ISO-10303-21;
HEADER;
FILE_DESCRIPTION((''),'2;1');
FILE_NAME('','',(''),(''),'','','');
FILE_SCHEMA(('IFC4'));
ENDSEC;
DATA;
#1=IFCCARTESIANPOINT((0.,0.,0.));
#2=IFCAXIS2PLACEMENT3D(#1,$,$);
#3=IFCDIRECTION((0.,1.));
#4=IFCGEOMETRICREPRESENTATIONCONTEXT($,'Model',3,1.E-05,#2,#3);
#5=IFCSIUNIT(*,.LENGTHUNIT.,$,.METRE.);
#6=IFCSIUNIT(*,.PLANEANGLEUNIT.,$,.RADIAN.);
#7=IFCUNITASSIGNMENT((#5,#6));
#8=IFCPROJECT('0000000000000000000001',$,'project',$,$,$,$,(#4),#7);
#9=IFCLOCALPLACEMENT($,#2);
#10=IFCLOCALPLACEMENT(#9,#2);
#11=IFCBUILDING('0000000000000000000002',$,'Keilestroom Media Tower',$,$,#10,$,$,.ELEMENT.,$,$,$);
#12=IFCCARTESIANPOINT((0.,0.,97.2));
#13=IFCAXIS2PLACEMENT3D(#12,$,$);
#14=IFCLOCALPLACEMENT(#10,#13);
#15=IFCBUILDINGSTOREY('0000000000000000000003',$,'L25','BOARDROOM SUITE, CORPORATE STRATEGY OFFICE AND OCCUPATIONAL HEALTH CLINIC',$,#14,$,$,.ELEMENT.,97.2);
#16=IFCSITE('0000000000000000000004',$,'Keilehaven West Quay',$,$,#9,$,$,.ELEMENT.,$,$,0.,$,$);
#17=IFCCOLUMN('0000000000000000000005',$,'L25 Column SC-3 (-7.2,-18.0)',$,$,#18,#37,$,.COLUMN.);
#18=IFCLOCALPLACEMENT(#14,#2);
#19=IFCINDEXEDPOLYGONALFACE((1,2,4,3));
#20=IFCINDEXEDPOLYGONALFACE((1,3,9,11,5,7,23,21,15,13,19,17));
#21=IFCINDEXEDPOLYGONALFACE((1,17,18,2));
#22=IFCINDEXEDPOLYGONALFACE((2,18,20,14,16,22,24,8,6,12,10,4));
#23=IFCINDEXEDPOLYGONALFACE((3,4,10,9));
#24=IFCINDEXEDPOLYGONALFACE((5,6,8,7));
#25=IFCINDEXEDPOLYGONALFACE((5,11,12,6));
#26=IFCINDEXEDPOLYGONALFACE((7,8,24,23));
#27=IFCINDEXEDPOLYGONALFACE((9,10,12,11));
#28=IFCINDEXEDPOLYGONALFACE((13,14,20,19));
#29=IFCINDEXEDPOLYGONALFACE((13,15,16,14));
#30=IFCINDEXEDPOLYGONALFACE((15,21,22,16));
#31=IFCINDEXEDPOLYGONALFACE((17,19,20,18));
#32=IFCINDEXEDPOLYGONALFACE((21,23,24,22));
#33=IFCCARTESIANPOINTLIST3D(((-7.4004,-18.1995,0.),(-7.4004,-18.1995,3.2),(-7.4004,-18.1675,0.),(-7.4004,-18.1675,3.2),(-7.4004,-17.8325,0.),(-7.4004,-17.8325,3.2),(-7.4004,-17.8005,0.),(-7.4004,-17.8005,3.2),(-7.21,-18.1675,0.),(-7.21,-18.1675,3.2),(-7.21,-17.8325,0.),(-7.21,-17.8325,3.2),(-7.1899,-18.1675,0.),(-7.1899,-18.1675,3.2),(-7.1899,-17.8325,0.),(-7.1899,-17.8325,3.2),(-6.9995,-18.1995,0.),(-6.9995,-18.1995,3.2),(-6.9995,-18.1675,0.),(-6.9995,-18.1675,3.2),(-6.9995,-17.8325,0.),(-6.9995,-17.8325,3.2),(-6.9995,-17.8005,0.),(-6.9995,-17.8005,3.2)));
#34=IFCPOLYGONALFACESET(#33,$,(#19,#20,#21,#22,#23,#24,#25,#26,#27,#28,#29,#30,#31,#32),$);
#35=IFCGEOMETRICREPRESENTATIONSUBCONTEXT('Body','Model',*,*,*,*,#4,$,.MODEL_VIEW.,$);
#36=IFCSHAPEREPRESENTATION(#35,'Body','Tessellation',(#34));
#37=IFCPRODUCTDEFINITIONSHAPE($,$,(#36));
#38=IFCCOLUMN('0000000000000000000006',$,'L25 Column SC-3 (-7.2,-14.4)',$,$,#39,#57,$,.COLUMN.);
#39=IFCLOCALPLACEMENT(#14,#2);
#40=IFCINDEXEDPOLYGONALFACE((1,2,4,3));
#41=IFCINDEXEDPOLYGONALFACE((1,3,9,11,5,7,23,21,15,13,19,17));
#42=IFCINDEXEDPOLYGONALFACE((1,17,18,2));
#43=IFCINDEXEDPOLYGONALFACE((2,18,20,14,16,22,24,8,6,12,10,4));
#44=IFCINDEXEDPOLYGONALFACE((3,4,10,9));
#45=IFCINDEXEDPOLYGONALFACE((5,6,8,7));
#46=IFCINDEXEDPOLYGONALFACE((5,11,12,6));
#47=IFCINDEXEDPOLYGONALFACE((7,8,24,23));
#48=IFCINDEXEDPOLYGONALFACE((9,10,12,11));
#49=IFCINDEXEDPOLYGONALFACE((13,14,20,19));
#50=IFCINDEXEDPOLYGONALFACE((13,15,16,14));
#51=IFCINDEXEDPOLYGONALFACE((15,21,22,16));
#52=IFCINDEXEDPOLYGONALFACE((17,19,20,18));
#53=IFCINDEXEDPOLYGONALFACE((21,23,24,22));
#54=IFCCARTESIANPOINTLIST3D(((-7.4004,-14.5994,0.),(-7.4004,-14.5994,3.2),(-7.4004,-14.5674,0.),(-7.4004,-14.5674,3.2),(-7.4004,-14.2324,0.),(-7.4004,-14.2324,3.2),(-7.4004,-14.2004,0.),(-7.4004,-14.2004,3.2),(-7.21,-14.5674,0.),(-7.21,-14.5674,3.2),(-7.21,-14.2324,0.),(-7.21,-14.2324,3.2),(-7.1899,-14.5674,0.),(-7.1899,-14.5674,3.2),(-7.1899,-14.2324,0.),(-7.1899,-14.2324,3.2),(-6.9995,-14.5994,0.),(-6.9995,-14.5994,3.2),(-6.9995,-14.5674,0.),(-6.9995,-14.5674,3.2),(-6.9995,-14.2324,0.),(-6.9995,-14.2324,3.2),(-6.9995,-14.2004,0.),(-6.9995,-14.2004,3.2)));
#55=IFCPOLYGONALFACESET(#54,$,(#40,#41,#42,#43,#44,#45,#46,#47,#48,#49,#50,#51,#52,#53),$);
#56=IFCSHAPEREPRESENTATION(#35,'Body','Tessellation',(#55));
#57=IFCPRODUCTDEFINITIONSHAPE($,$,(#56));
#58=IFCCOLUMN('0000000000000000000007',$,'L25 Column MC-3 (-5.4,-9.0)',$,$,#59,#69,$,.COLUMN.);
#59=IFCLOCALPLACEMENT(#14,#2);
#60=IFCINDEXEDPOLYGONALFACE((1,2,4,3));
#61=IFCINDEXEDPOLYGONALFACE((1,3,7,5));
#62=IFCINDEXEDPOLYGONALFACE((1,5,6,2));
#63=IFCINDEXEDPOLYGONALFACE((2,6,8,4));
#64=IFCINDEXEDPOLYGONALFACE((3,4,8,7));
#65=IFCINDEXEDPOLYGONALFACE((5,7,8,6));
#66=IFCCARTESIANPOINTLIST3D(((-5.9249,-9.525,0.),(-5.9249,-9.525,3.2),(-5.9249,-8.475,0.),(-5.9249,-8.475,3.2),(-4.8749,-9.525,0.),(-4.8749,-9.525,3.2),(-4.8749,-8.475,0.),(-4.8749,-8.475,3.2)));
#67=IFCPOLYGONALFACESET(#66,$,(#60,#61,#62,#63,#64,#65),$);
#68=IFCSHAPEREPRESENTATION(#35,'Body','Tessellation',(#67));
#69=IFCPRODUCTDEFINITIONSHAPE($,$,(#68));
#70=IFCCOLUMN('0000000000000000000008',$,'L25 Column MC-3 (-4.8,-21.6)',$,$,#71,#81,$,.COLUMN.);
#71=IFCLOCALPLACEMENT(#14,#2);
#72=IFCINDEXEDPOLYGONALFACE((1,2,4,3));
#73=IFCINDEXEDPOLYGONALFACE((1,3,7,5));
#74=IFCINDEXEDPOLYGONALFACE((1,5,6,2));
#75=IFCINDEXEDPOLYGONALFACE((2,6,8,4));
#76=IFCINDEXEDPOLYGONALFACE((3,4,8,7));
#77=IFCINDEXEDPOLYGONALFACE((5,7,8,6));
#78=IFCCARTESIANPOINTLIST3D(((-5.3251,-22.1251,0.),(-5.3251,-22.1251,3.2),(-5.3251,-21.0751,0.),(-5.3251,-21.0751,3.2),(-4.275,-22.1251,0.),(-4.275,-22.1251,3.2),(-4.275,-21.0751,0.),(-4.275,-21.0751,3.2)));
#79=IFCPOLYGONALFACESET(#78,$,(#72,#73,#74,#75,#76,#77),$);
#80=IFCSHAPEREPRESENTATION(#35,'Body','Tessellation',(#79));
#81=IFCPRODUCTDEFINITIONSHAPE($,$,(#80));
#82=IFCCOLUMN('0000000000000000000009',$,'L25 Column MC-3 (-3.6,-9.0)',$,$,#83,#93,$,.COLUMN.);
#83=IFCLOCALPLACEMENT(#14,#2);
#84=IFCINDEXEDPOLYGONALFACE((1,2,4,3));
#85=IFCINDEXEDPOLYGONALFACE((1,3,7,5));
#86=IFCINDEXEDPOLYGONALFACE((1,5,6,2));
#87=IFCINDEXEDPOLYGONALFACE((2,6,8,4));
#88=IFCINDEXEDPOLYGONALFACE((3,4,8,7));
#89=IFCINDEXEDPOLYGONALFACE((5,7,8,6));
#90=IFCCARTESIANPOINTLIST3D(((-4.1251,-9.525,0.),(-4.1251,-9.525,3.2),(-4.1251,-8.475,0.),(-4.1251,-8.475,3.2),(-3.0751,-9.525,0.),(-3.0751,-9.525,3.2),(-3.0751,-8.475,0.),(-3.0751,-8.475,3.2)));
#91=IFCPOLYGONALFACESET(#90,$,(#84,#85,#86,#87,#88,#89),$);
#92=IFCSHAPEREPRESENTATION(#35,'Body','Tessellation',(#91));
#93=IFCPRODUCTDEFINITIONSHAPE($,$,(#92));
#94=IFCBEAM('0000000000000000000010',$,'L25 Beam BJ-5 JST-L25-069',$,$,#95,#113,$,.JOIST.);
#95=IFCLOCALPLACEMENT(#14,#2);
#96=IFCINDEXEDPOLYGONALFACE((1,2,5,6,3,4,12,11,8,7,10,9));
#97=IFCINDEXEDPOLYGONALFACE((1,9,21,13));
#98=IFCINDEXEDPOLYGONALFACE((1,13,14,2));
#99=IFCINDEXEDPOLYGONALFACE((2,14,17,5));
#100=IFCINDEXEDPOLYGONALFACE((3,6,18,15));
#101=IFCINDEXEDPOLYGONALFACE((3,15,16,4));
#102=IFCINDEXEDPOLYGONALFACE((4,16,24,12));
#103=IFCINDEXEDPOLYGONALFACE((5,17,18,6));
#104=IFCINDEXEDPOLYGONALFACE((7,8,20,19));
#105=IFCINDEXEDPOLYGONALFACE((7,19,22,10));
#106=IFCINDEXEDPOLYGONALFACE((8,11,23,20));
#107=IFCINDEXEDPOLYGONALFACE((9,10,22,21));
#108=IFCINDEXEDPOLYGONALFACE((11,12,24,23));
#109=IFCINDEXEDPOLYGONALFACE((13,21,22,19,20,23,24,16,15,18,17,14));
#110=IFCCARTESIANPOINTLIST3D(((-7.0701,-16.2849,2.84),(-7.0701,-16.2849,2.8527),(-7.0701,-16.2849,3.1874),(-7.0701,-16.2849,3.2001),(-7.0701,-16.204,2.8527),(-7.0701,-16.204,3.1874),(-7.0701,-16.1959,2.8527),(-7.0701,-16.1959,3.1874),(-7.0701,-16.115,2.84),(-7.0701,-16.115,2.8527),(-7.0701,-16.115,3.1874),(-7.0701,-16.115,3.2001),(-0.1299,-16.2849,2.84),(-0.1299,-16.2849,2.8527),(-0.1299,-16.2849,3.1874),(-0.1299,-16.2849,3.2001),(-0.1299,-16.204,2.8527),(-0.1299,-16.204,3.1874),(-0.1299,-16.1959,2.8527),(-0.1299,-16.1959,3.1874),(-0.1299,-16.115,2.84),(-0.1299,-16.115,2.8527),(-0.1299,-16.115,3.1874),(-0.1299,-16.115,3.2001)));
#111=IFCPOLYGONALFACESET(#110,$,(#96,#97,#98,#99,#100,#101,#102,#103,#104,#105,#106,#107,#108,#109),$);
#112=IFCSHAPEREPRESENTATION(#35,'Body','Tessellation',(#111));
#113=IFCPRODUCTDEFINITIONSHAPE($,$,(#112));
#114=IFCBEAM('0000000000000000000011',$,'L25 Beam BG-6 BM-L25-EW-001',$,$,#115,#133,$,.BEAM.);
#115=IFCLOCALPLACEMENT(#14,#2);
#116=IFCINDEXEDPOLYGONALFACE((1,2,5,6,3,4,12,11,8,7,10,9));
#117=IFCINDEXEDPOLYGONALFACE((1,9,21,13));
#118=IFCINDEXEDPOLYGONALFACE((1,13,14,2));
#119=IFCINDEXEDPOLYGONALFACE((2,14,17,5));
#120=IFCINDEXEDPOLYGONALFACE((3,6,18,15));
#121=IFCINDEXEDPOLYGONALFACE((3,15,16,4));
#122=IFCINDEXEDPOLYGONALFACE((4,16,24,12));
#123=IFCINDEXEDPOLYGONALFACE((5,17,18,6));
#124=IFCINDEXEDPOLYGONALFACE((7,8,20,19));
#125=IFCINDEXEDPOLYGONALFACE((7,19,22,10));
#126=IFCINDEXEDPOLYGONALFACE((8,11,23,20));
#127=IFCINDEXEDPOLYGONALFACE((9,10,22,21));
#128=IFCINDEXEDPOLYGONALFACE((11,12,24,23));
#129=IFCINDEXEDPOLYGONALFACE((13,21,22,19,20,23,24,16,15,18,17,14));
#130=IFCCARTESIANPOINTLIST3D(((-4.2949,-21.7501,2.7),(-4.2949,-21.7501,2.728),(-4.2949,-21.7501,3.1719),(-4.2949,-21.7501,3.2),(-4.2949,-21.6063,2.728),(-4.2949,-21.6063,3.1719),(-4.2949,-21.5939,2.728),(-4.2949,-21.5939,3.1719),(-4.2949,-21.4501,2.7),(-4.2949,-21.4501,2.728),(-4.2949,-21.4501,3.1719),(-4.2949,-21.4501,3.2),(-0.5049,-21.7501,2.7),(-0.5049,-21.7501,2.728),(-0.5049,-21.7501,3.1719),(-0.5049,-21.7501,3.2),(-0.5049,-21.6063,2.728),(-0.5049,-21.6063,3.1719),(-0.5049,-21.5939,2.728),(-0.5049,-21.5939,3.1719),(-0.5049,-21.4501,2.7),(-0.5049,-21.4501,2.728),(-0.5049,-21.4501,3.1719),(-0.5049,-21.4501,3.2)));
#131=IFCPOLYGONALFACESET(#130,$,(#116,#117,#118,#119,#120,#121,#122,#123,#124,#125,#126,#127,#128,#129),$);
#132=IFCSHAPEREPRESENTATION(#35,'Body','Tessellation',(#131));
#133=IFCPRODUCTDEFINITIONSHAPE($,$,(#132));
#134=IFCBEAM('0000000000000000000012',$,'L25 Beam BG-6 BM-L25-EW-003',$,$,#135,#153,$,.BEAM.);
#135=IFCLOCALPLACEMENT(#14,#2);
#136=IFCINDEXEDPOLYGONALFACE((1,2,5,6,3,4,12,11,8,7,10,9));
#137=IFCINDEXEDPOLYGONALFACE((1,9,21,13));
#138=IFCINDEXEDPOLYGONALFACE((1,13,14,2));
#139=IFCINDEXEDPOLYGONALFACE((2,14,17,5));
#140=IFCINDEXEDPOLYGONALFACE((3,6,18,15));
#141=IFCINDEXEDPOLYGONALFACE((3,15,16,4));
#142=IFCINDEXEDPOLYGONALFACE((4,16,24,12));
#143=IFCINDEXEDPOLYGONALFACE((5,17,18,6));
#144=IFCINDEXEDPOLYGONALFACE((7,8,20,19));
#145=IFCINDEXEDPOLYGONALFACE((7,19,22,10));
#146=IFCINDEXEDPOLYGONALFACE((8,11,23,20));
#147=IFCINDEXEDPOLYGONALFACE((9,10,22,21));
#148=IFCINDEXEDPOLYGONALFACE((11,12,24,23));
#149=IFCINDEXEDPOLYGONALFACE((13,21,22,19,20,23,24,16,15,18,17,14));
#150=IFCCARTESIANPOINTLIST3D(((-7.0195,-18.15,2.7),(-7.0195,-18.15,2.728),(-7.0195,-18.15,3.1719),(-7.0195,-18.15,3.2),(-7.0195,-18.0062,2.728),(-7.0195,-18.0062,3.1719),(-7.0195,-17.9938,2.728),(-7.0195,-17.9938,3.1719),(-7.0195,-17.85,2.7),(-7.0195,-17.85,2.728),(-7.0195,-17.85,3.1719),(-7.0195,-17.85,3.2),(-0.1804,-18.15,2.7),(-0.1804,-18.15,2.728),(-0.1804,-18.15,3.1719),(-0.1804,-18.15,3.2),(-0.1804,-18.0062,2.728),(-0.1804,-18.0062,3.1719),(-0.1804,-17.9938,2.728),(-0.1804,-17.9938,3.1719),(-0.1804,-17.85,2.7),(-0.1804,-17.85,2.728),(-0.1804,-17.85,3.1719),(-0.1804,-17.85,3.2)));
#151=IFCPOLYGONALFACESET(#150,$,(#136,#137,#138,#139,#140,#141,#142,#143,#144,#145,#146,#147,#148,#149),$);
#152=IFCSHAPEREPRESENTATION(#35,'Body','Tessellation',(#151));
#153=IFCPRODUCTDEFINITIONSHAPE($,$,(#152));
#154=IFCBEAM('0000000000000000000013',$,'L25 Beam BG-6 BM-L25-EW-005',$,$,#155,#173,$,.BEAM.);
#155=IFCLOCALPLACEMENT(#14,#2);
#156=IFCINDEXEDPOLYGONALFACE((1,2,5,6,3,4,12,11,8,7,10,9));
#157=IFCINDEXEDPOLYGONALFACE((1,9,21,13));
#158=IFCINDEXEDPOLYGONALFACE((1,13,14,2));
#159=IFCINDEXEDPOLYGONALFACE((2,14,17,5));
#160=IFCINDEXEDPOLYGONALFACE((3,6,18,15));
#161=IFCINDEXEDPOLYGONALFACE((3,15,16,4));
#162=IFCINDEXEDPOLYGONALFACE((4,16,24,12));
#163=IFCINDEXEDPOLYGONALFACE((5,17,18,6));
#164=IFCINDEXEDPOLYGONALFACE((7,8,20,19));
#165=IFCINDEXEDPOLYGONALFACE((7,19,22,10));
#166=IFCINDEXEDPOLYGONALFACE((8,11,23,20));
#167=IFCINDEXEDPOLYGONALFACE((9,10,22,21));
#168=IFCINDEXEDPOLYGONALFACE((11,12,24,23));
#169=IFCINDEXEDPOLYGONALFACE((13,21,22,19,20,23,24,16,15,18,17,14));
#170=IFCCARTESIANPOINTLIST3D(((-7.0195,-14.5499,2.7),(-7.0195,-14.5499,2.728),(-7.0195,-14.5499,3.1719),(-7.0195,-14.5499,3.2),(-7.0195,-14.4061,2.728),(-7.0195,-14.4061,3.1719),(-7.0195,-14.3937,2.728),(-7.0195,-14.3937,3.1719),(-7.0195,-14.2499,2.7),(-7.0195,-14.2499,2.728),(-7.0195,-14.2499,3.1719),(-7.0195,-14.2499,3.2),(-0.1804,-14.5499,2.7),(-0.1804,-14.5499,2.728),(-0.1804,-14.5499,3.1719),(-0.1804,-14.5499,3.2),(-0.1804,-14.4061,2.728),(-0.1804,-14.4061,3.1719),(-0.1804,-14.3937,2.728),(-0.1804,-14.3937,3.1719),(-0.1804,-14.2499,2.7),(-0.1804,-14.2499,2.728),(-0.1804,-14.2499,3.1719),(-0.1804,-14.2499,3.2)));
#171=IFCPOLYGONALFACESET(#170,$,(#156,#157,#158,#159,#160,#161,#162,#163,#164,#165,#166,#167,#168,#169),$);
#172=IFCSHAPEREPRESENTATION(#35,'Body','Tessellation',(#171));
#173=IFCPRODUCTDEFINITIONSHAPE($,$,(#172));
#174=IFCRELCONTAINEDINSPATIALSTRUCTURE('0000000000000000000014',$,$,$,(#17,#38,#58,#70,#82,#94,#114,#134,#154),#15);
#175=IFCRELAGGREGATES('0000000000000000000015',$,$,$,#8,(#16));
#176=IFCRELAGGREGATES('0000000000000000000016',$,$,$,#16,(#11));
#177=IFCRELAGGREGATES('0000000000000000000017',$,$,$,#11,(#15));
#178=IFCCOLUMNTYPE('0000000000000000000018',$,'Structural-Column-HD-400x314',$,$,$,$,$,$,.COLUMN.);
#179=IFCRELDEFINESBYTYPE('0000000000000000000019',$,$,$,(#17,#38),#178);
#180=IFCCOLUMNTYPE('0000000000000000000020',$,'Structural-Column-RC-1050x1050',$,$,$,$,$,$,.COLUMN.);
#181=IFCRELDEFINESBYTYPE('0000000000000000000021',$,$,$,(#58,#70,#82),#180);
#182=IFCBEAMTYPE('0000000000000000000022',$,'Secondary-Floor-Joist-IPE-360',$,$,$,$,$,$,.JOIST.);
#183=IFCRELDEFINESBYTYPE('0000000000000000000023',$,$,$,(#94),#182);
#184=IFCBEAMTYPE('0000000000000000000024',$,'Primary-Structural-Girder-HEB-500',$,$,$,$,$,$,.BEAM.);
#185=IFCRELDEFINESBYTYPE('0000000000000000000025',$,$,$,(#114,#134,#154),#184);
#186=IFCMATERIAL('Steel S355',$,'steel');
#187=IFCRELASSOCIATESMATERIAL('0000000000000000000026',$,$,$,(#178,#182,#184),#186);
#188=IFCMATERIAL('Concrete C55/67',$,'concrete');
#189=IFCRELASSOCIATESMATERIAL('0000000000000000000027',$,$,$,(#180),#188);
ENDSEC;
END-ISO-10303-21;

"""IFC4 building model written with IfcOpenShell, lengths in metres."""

from ifc_helpers import new_model, si_unit, direction, frame, origin, origin_2d, place, context, subcontext, project, spatial, rectangle, i_section, extrude, source, transform, mapped, material, material_profile, profile_set, type_object, element, save


model = new_model("IFC4")

# Units and contexts
model_context = context("Model", 3, precision=1e-05, world=origin(), true_north=direction((0.0, 1.0)))
body_context = subcontext(model_context, "Body", "Model", "MODEL_VIEW")
ifc_project = project(units=[si_unit("LENGTHUNIT", "METRE"), si_unit("PLANEANGLEUNIT", "RADIAN")], contexts=[model_context])

# Site, building, storey
site_placement = place(None, origin())
site = spatial("IfcSite", under=ifc_project, at=site_placement, Name="Keilehaven West Quay", CompositionType="ELEMENT", RefElevation=0.0)
building_placement = place(site_placement, origin())
building = spatial("IfcBuilding", under=site, at=building_placement, Name="Keilestroom Media Tower", CompositionType="ELEMENT")
storey_placement = place(building_placement, frame((0.0, 0.0, 97.2)))
storey = spatial("IfcBuildingStorey", under=building, at=storey_placement, Name="L25", Description="BOARDROOM SUITE, CORPORATE STRATEGY OFFICE AND OCCUPATIONAL HEALTH CLINIC", CompositionType="ELEMENT", Elevation=97.2)

# Columns
ifc_material_1 = material(Name="Steel S355", Category="steel")
ifc_material_profile_1 = material_profile(ifc_material_1, i_section(OverallWidth=0.4009, OverallDepth=0.3989, WebThickness=0.02, FlangeThickness=0.032, at=origin_2d()), Name="HD 400x314")
ifc_profile_set_1 = profile_set([ifc_material_profile_1], Name="Steel S355")
column_type_1 = type_object("IfcColumnType", Name="Structural-Column-HD-400x314", PredefinedType="COLUMN", material=ifc_profile_set_1)
shared_shape_1 = source(origin(), body_context, "Body", "SweptSolid", [
    extrude(i_section(OverallWidth=0.4009, OverallDepth=0.3989, WebThickness=0.02, FlangeThickness=0.032, at=origin_2d()), origin(), (0.0, 0.0, 1.0), 3.2),
])
for number, where, z_axis, x_axis, name in (
    (1, (-7.2, -18.0, 0.0), (0.0, 0.0, 1.0), (1.0, 0.0, 0.0), "L25 Column SC-3 (-7.2,-18.0)"),
    (2, (-7.2, -14.3999, 0.0), (0.0, 0.0, 1.0), (1.0, 0.0, 0.0), "L25 Column SC-3 (-7.2,-14.4)"),
):
    element("IfcColumn", number, at=place(storey_placement, frame(where, z_axis=z_axis, x_axis=x_axis)), inside=storey, type_object=column_type_1, Name=name, PredefinedType="COLUMN", context=body_context, shape_type="MappedRepresentation", body=[
        mapped(shared_shape_1, transform((0.0, 0.0, 0.0), x_axis=(1.0, 0.0, 0.0), y_axis=(0.0, 1.0, 0.0), z_axis=(0.0, 0.0, 1.0), scale=1.0)),
    ])
ifc_material_2 = material(Name="Concrete C55/67", Category="concrete")
ifc_material_profile_2 = material_profile(ifc_material_2, rectangle(XDim=1.05, YDim=1.05, at=origin_2d()), Name="RC 1050x1050")
ifc_profile_set_2 = profile_set([ifc_material_profile_2], Name="Concrete C55/67")
column_type_2 = type_object("IfcColumnType", Name="Structural-Column-RC-1050x1050", PredefinedType="COLUMN", material=ifc_profile_set_2)
shared_shape_2 = source(origin(), body_context, "Body", "SweptSolid", [
    extrude(rectangle(XDim=1.05, YDim=1.05, at=origin_2d()), origin(), (0.0, 0.0, 1.0), 3.2),
])
for number, where, z_axis, x_axis, name in (
    (3, (-5.3999, -9.0, 0.0), (0.0, 0.0, 1.0), (1.0, 0.0, 0.0), "L25 Column MC-3 (-5.4,-9.0)"),
    (4, (-4.8, -21.6001, 0.0), (0.0, 0.0, 1.0), (1.0, 0.0, 0.0), "L25 Column MC-3 (-4.8,-21.6)"),
    (5, (-3.6001, -9.0, 0.0), (0.0, 0.0, 1.0), (1.0, 0.0, 0.0), "L25 Column MC-3 (-3.6,-9.0)"),
):
    element("IfcColumn", number, at=place(storey_placement, frame(where, z_axis=z_axis, x_axis=x_axis)), inside=storey, type_object=column_type_2, Name=name, PredefinedType="COLUMN", context=body_context, shape_type="MappedRepresentation", body=[
        mapped(shared_shape_2, transform((0.0, 0.0, 0.0), x_axis=(1.0, 0.0, 0.0), y_axis=(0.0, 1.0, 0.0), z_axis=(0.0, 0.0, 1.0), scale=1.0)),
    ])

# Beams
ifc_material_profile_3 = material_profile(ifc_material_1, i_section(OverallWidth=0.1699, OverallDepth=0.3601, WebThickness=0.0081, FlangeThickness=0.0127, at=origin_2d()), Name="IPE 360")
ifc_profile_set_3 = profile_set([ifc_material_profile_3], Name="Steel S355")
beam_type_1 = type_object("IfcBeamType", Name="Secondary-Floor-Joist-IPE-360", PredefinedType="JOIST", material=ifc_profile_set_3)
shared_shape_3 = source(origin(), body_context, "Body", "SweptSolid", [
    extrude(i_section(OverallWidth=0.1699, OverallDepth=0.3601, WebThickness=0.0081, FlangeThickness=0.0127, at=origin_2d()), origin(), (0.0, 0.0, 1.0), 6.9402),
])
beam_1_placement = place(storey_placement, frame((-7.0701, -16.2, 3.02), z_axis=(1.0, 0.0, 0.0), x_axis=(0.0, 1.0, 0.0)))
element("IfcBeam", 6, at=beam_1_placement, inside=storey, type_object=beam_type_1, Name="L25 Beam BJ-5 JST-L25-069", PredefinedType="JOIST", context=body_context, shape_type="MappedRepresentation", body=[
    mapped(shared_shape_3, transform((0.0, 0.0, 0.0), x_axis=(1.0, 0.0, 0.0), y_axis=(0.0, 1.0, 0.0), z_axis=(0.0, 0.0, 1.0), scale=1.0)),
])
ifc_material_profile_4 = material_profile(ifc_material_1, i_section(OverallWidth=0.3, OverallDepth=0.5, WebThickness=0.0125, FlangeThickness=0.0281, at=origin_2d()), Name="HEB 500")
ifc_profile_set_4 = profile_set([ifc_material_profile_4], Name="Steel S355")
beam_type_2 = type_object("IfcBeamType", Name="Primary-Structural-Girder-HEB-500", PredefinedType="BEAM", material=ifc_profile_set_4)
shared_shape_4 = source(origin(), body_context, "Body", "SweptSolid", [
    extrude(i_section(OverallWidth=0.3, OverallDepth=0.5, WebThickness=0.0125, FlangeThickness=0.0281, at=origin_2d()), origin(), (0.0, 0.0, 1.0), 3.79),
])
beam_2_placement = place(storey_placement, frame((-4.2949, -21.6001, 2.95), z_axis=(1.0, 0.0, 0.0), x_axis=(0.0, 1.0, 0.0)))
element("IfcBeam", 7, at=beam_2_placement, inside=storey, type_object=beam_type_2, Name="L25 Beam BG-6 BM-L25-EW-001", PredefinedType="BEAM", context=body_context, shape_type="MappedRepresentation", body=[
    mapped(shared_shape_4, transform((0.0, 0.0, 0.0), x_axis=(1.0, 0.0, 0.0), y_axis=(0.0, 1.0, 0.0), z_axis=(0.0, 0.0, 1.0), scale=1.0)),
])
shared_shape_5 = source(origin(), body_context, "Body", "SweptSolid", [
    extrude(i_section(OverallWidth=0.3, OverallDepth=0.5, WebThickness=0.0125, FlangeThickness=0.0281, at=origin_2d()), origin(), (0.0, 0.0, 1.0), 6.8391),
])
for number, where, z_axis, x_axis, name in (
    (8, (-7.0195, -18.0, 2.95), (1.0, 0.0, 0.0), (0.0, 1.0, 0.0), "L25 Beam BG-6 BM-L25-EW-003"),
    (9, (-7.0195, -14.3999, 2.95), (1.0, 0.0, 0.0), (0.0, 1.0, 0.0), "L25 Beam BG-6 BM-L25-EW-005"),
):
    element("IfcBeam", number, at=place(storey_placement, frame(where, z_axis=z_axis, x_axis=x_axis)), inside=storey, type_object=beam_type_2, Name=name, PredefinedType="BEAM", context=body_context, shape_type="MappedRepresentation", body=[
        mapped(shared_shape_5, transform((0.0, 0.0, 0.0), x_axis=(1.0, 0.0, 0.0), y_axis=(0.0, 1.0, 0.0), z_axis=(0.0, 0.0, 1.0), scale=1.0)),
    ])

save(model, "model.ifc")
